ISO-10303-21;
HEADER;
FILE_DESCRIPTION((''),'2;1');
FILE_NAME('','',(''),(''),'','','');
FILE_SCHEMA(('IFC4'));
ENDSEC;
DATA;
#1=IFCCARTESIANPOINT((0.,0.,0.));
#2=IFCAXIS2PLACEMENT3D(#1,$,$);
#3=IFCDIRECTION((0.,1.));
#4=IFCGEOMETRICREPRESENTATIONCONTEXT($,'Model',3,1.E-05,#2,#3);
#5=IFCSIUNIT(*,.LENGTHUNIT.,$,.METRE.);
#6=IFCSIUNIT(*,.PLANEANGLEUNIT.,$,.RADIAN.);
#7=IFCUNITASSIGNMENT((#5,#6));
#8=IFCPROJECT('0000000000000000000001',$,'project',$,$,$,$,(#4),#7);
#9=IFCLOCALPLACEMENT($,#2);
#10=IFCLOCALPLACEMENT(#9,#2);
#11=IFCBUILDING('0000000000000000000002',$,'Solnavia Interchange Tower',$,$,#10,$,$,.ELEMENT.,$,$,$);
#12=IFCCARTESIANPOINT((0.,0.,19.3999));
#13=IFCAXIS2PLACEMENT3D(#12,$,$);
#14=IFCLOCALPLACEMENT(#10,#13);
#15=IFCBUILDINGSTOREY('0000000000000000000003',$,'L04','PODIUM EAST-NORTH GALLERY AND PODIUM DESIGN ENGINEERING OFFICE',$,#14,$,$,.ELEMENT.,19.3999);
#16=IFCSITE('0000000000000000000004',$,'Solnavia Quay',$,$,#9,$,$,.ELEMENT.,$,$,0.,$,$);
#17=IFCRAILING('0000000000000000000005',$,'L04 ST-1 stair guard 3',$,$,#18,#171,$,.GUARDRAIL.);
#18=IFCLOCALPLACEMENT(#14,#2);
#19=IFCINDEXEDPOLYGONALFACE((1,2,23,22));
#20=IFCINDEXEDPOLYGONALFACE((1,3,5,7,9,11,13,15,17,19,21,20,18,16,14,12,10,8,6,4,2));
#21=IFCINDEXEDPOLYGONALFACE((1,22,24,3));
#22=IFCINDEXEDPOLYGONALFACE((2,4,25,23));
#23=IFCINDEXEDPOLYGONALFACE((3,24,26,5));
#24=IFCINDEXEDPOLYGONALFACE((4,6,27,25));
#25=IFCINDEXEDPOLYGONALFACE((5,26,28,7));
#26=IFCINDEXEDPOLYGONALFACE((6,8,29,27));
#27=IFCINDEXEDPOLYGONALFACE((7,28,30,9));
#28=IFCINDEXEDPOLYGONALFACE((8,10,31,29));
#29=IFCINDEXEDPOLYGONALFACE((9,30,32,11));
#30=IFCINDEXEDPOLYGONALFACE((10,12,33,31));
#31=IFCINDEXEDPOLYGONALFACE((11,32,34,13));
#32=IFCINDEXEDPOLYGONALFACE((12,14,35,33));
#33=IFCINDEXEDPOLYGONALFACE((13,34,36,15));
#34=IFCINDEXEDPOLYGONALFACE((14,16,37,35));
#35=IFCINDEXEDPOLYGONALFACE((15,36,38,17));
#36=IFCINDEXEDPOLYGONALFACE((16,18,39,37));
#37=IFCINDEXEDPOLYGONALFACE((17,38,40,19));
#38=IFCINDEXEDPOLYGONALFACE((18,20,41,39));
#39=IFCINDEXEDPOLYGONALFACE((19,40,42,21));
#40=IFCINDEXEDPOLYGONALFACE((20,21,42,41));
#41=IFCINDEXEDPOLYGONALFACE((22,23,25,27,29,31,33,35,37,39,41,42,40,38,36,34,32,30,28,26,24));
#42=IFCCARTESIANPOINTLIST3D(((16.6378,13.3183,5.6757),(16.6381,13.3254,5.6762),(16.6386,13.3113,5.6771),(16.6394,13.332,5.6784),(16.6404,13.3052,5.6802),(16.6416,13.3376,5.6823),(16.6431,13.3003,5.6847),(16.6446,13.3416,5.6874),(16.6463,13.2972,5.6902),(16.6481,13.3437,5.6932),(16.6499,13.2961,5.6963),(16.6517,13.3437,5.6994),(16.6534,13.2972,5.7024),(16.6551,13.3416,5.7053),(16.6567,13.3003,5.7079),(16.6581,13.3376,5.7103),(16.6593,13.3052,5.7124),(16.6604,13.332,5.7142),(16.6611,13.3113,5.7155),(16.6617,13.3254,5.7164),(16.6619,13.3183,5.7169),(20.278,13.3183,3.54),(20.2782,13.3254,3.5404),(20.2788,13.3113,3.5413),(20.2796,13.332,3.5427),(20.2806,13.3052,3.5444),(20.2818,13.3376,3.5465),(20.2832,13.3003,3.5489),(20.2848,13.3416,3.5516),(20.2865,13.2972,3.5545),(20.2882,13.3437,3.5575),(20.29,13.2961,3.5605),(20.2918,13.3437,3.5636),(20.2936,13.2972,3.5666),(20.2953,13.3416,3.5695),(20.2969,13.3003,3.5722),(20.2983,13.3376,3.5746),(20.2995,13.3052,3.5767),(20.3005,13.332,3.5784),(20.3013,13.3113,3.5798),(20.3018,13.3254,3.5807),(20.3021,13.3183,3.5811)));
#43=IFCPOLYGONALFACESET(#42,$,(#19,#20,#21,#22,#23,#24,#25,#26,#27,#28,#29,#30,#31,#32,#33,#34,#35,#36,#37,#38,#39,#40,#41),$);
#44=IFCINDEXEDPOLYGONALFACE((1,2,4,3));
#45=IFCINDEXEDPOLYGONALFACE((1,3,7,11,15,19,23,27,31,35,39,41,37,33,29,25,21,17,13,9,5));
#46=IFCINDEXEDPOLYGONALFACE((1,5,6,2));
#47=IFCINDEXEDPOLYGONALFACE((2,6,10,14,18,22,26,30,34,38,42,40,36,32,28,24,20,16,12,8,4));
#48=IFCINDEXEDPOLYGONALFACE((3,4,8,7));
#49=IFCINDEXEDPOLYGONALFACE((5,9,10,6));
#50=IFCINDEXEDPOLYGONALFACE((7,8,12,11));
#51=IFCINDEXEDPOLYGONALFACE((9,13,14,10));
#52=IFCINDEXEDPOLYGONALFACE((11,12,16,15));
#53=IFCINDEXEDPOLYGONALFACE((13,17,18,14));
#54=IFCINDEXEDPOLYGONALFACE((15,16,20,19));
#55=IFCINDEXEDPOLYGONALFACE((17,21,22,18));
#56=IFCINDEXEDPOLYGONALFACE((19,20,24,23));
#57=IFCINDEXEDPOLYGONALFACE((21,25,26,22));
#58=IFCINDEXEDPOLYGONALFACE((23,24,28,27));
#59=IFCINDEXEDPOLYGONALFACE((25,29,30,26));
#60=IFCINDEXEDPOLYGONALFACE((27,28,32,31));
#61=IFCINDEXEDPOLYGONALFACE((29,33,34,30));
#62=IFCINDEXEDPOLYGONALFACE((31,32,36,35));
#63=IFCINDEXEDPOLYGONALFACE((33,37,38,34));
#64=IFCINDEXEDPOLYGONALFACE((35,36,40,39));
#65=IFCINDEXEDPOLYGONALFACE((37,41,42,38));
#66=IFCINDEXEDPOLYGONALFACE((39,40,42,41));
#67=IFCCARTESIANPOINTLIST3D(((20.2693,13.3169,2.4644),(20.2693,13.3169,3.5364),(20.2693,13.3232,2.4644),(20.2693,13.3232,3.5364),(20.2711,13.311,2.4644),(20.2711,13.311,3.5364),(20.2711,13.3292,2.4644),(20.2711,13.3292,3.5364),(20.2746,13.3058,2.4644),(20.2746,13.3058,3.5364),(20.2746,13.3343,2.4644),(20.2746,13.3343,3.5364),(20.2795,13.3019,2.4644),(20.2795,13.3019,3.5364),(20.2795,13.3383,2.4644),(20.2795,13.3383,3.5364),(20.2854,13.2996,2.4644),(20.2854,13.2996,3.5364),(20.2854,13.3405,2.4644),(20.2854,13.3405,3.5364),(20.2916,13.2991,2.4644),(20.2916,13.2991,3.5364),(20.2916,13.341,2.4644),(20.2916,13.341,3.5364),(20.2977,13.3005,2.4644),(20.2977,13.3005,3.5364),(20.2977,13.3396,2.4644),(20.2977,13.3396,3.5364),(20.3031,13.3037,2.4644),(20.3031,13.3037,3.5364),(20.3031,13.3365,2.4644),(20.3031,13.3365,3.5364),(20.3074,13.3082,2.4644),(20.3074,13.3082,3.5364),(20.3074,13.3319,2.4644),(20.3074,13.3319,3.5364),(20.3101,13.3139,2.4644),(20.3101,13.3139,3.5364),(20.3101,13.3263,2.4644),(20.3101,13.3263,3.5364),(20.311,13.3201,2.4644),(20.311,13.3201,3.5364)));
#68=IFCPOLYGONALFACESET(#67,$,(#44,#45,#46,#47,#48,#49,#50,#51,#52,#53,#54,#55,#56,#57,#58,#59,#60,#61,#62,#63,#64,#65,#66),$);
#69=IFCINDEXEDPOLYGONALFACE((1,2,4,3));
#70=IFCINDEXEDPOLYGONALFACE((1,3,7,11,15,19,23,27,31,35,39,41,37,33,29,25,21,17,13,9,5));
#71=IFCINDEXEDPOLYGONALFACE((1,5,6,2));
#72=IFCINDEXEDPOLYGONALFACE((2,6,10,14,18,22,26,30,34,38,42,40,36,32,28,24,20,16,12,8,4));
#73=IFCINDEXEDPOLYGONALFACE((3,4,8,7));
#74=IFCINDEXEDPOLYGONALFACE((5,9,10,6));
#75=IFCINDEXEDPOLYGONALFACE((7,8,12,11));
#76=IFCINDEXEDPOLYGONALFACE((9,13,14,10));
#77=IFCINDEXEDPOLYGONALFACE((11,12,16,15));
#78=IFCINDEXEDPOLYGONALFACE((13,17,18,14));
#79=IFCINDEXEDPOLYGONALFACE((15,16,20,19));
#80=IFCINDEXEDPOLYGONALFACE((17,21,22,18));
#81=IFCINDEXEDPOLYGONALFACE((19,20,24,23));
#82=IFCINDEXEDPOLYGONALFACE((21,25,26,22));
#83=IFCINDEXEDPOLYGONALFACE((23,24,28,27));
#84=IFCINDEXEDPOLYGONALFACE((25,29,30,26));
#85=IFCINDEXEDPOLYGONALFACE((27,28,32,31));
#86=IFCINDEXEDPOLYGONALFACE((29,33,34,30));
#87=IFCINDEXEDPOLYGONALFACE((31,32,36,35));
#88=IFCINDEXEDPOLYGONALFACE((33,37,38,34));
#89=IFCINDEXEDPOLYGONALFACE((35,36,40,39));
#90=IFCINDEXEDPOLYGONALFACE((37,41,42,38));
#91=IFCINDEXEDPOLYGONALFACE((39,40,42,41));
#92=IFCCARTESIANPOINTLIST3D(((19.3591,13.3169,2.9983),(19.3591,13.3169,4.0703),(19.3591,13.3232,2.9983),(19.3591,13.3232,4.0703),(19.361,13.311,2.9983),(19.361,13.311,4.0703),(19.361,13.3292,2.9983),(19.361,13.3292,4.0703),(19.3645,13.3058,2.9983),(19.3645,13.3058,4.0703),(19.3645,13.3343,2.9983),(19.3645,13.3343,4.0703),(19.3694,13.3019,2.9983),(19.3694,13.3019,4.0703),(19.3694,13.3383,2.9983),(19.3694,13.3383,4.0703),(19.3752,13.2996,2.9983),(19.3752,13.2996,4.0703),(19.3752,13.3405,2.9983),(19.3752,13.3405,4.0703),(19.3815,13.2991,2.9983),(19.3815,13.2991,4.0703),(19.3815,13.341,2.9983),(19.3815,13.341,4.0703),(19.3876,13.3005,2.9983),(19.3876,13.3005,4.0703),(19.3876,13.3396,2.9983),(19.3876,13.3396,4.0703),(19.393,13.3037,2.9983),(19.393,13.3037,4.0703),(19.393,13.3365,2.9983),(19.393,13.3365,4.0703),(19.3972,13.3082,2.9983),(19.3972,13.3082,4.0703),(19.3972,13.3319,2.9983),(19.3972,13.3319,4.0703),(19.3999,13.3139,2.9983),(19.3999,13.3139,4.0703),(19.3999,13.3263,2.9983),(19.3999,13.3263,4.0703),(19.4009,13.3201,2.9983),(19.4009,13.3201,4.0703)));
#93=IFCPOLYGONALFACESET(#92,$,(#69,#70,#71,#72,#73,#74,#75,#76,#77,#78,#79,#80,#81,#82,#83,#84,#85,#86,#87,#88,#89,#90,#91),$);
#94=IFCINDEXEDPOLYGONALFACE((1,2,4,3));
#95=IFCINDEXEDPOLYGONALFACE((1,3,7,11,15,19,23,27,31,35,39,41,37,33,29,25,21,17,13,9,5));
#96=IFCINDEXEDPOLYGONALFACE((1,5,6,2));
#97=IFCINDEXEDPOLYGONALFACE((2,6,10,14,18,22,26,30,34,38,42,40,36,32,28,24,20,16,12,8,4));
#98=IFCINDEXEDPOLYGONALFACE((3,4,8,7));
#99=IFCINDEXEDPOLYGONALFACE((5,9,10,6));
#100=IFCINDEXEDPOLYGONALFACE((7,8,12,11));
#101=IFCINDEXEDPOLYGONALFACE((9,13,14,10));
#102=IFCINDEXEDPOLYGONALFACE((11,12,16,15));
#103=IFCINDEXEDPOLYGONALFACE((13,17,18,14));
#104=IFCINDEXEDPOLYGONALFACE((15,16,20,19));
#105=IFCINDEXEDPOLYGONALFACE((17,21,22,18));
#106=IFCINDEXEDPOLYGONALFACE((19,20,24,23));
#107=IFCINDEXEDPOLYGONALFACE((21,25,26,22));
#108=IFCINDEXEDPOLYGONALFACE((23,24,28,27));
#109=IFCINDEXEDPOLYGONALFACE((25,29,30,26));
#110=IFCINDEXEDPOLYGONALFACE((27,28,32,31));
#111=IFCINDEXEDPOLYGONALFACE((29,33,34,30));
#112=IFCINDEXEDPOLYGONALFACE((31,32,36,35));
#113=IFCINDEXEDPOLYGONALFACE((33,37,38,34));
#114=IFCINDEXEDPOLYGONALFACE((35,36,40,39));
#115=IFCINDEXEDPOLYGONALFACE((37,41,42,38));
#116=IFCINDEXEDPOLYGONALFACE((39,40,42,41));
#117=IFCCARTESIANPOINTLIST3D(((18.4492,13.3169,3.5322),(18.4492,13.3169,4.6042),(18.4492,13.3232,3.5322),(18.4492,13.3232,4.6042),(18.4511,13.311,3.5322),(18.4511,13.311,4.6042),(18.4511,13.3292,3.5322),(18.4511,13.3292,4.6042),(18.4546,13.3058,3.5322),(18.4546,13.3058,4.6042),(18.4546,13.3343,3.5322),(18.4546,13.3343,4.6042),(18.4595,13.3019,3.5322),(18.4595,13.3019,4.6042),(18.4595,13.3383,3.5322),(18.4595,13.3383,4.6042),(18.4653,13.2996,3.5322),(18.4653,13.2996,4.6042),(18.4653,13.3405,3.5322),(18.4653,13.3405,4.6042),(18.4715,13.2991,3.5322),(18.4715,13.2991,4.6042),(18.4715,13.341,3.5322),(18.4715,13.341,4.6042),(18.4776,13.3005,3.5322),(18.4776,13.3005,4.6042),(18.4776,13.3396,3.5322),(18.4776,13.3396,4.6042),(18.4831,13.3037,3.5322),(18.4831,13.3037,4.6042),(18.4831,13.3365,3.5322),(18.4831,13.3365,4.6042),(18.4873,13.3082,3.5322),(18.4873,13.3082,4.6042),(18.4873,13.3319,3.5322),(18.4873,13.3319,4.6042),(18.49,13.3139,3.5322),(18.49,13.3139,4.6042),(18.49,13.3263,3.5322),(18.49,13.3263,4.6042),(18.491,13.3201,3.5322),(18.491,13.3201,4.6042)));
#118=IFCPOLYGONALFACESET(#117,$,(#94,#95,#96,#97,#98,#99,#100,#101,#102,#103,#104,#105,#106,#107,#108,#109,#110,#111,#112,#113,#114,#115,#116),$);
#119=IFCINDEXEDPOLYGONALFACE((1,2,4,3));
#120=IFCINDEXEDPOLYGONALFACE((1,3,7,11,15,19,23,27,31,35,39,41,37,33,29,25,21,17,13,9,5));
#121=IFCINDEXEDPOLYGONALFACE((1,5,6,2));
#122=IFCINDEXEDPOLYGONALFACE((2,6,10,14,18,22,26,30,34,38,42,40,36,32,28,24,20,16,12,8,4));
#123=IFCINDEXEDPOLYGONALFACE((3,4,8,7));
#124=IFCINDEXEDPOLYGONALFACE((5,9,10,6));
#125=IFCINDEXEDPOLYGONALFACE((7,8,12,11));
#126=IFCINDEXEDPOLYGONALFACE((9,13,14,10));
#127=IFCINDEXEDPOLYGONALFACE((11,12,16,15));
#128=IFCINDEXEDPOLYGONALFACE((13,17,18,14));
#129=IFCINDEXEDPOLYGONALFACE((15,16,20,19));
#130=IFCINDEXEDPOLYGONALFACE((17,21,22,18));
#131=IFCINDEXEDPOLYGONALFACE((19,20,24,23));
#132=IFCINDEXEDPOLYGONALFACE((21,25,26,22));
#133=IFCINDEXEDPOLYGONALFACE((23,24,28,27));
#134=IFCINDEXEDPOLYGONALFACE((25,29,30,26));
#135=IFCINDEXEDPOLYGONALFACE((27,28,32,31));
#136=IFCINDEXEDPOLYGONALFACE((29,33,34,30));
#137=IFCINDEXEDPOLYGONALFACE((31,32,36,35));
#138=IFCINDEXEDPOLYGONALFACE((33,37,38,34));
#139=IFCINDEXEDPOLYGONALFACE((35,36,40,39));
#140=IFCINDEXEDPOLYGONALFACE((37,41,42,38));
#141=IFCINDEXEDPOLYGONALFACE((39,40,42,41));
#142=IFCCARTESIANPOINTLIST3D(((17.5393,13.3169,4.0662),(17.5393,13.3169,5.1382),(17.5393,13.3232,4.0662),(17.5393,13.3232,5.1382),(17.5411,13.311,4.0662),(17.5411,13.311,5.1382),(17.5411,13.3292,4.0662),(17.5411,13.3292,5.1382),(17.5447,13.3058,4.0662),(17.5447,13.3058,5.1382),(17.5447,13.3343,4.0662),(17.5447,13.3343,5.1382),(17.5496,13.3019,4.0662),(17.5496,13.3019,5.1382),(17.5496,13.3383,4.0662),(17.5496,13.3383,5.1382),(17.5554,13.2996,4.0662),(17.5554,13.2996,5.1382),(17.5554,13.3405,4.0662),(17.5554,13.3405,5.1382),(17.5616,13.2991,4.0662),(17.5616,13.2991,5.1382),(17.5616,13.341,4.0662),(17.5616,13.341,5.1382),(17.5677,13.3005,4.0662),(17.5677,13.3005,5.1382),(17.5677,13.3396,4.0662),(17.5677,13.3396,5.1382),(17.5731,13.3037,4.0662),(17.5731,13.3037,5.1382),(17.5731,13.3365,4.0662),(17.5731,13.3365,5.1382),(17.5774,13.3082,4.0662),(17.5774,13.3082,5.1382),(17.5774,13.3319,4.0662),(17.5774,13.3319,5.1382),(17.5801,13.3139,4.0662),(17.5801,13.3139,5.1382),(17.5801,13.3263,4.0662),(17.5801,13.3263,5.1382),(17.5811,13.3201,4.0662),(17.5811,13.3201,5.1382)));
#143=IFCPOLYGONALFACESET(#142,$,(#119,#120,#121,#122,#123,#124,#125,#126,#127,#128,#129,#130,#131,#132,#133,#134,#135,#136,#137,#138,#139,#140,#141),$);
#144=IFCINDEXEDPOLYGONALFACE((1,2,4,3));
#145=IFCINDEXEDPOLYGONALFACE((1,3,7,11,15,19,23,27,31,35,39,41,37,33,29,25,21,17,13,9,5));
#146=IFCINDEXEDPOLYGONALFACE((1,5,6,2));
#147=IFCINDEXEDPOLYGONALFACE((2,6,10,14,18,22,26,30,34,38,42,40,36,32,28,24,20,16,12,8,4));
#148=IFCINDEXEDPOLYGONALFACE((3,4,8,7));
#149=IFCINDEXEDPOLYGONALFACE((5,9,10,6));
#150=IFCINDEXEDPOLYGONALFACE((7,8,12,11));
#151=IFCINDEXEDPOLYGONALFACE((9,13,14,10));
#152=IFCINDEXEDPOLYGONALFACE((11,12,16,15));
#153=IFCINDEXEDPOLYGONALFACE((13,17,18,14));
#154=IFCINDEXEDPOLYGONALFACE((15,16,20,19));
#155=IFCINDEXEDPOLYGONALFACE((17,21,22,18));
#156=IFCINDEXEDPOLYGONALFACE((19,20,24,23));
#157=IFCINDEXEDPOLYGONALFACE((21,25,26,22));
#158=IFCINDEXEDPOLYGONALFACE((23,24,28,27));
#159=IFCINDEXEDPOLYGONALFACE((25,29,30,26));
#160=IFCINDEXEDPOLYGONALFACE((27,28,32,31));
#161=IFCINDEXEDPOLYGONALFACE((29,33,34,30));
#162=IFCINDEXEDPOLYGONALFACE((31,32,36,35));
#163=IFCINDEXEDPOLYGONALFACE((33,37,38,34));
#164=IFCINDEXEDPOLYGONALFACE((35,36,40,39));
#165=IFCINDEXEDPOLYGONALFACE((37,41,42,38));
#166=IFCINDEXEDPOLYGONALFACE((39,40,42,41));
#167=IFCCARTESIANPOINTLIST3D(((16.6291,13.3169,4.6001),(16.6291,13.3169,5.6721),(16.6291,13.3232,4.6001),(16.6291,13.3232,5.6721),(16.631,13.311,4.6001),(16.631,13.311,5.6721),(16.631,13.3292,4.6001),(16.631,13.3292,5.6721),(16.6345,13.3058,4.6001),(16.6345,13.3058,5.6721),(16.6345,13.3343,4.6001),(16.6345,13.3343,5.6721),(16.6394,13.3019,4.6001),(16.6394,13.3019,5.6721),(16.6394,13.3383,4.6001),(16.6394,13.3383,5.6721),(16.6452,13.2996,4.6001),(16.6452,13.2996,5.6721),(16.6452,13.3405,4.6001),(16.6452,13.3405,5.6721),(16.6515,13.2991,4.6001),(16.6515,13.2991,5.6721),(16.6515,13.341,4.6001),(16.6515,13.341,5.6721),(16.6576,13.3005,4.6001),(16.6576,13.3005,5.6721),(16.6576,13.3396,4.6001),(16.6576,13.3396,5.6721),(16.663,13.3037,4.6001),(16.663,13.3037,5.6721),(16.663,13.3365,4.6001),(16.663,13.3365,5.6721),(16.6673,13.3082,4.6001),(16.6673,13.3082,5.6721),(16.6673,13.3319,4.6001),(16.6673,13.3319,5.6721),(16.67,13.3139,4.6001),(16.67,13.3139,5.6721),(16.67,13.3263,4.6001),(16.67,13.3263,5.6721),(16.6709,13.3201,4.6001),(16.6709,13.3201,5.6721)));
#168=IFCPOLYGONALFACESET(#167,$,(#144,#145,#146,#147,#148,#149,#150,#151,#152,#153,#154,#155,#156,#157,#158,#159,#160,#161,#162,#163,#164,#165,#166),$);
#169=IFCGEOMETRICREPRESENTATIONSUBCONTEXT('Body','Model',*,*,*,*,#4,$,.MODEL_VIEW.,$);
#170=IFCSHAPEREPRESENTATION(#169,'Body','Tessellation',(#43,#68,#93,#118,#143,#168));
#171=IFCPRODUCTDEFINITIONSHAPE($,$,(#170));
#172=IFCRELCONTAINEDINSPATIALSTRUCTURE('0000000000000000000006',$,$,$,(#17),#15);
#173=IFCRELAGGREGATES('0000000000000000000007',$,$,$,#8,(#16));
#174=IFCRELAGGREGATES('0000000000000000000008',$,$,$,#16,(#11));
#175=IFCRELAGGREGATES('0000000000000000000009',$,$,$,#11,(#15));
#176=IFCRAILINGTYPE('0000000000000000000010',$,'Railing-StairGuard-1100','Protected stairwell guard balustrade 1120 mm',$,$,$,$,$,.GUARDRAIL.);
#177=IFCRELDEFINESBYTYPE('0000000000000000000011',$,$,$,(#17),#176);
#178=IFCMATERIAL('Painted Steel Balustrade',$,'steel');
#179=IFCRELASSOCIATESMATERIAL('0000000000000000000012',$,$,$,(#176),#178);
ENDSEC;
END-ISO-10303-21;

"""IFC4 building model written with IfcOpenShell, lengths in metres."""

from ifc_helpers import new_model, si_unit, direction, frame, origin, origin_2d, place, context, subcontext, project, spatial, circle, extrude, material, type_object, element, save


model = new_model("IFC4")

# Units and contexts
model_context = context("Model", 3, precision=1e-05, world=origin(), true_north=direction((0.0, 1.0)))
body_context = subcontext(model_context, "Body", "Model", "MODEL_VIEW")
ifc_project = project(units=[si_unit("LENGTHUNIT", "METRE"), si_unit("PLANEANGLEUNIT", "RADIAN")], contexts=[model_context])

# Site, building, storey
site_placement = place(None, origin())
site = spatial("IfcSite", under=ifc_project, at=site_placement, Name="Solnavia Quay", CompositionType="ELEMENT", RefElevation=0.0)
building_placement = place(site_placement, origin())
building = spatial("IfcBuilding", under=site, at=building_placement, Name="Solnavia Interchange Tower", CompositionType="ELEMENT")
storey_placement = place(building_placement, frame((0.0, 0.0, 19.3999)))
storey = spatial("IfcBuildingStorey", under=building, at=storey_placement, Name="L04", Description="PODIUM EAST-NORTH GALLERY AND PODIUM DESIGN ENGINEERING OFFICE", CompositionType="ELEMENT", Elevation=19.3999)

# Railing
ifc_material_1 = material(Name="Painted Steel Balustrade", Category="steel")
railing_type_1 = type_object("IfcRailingType", Name="Railing-StairGuard-1100", Description="Protected stairwell guard balustrade 1120 mm", PredefinedType="GUARDRAIL", material=ifc_material_1)
railing_1_placement = place(storey_placement, frame((20.29, 13.3201, 2.4644)))
element("IfcRailing", 1, at=railing_1_placement, inside=storey, type_object=railing_type_1, Name="L04 ST-1 stair guard 3", PredefinedType="GUARDRAIL", context=body_context, shape_type="SweptSolid", body=[
    extrude(circle(Radius=0.0239, at=origin_2d()), frame((0.0, 0.0, 1.0962), z_axis=(-0.862505, 0.0, 0.506049), x_axis=(0.0, -1.0, 0.0)), (0.0, 0.0, 1.0), 4.2205),
    extrude(circle(Radius=0.021, at=origin_2d()), origin(), (0.0, 0.0, 1.0), 1.072),
    extrude(circle(Radius=0.021, at=origin_2d()), frame((-0.9102, 0.0, 0.5339)), (0.0, 0.0, 1.0), 1.072),
    extrude(circle(Radius=0.021, at=origin_2d()), frame((-1.8201, 0.0, 1.0679)), (0.0, 0.0, 1.0), 1.072),
    extrude(circle(Radius=0.021, at=origin_2d()), frame((-2.73, 0.0, 1.6018)), (0.0, 0.0, 1.0), 1.072),
    extrude(circle(Radius=0.021, at=origin_2d()), frame((-3.6401, 0.0, 2.1357)), (0.0, 0.0, 1.0), 1.072),
])

save(model, "model.ifc")
